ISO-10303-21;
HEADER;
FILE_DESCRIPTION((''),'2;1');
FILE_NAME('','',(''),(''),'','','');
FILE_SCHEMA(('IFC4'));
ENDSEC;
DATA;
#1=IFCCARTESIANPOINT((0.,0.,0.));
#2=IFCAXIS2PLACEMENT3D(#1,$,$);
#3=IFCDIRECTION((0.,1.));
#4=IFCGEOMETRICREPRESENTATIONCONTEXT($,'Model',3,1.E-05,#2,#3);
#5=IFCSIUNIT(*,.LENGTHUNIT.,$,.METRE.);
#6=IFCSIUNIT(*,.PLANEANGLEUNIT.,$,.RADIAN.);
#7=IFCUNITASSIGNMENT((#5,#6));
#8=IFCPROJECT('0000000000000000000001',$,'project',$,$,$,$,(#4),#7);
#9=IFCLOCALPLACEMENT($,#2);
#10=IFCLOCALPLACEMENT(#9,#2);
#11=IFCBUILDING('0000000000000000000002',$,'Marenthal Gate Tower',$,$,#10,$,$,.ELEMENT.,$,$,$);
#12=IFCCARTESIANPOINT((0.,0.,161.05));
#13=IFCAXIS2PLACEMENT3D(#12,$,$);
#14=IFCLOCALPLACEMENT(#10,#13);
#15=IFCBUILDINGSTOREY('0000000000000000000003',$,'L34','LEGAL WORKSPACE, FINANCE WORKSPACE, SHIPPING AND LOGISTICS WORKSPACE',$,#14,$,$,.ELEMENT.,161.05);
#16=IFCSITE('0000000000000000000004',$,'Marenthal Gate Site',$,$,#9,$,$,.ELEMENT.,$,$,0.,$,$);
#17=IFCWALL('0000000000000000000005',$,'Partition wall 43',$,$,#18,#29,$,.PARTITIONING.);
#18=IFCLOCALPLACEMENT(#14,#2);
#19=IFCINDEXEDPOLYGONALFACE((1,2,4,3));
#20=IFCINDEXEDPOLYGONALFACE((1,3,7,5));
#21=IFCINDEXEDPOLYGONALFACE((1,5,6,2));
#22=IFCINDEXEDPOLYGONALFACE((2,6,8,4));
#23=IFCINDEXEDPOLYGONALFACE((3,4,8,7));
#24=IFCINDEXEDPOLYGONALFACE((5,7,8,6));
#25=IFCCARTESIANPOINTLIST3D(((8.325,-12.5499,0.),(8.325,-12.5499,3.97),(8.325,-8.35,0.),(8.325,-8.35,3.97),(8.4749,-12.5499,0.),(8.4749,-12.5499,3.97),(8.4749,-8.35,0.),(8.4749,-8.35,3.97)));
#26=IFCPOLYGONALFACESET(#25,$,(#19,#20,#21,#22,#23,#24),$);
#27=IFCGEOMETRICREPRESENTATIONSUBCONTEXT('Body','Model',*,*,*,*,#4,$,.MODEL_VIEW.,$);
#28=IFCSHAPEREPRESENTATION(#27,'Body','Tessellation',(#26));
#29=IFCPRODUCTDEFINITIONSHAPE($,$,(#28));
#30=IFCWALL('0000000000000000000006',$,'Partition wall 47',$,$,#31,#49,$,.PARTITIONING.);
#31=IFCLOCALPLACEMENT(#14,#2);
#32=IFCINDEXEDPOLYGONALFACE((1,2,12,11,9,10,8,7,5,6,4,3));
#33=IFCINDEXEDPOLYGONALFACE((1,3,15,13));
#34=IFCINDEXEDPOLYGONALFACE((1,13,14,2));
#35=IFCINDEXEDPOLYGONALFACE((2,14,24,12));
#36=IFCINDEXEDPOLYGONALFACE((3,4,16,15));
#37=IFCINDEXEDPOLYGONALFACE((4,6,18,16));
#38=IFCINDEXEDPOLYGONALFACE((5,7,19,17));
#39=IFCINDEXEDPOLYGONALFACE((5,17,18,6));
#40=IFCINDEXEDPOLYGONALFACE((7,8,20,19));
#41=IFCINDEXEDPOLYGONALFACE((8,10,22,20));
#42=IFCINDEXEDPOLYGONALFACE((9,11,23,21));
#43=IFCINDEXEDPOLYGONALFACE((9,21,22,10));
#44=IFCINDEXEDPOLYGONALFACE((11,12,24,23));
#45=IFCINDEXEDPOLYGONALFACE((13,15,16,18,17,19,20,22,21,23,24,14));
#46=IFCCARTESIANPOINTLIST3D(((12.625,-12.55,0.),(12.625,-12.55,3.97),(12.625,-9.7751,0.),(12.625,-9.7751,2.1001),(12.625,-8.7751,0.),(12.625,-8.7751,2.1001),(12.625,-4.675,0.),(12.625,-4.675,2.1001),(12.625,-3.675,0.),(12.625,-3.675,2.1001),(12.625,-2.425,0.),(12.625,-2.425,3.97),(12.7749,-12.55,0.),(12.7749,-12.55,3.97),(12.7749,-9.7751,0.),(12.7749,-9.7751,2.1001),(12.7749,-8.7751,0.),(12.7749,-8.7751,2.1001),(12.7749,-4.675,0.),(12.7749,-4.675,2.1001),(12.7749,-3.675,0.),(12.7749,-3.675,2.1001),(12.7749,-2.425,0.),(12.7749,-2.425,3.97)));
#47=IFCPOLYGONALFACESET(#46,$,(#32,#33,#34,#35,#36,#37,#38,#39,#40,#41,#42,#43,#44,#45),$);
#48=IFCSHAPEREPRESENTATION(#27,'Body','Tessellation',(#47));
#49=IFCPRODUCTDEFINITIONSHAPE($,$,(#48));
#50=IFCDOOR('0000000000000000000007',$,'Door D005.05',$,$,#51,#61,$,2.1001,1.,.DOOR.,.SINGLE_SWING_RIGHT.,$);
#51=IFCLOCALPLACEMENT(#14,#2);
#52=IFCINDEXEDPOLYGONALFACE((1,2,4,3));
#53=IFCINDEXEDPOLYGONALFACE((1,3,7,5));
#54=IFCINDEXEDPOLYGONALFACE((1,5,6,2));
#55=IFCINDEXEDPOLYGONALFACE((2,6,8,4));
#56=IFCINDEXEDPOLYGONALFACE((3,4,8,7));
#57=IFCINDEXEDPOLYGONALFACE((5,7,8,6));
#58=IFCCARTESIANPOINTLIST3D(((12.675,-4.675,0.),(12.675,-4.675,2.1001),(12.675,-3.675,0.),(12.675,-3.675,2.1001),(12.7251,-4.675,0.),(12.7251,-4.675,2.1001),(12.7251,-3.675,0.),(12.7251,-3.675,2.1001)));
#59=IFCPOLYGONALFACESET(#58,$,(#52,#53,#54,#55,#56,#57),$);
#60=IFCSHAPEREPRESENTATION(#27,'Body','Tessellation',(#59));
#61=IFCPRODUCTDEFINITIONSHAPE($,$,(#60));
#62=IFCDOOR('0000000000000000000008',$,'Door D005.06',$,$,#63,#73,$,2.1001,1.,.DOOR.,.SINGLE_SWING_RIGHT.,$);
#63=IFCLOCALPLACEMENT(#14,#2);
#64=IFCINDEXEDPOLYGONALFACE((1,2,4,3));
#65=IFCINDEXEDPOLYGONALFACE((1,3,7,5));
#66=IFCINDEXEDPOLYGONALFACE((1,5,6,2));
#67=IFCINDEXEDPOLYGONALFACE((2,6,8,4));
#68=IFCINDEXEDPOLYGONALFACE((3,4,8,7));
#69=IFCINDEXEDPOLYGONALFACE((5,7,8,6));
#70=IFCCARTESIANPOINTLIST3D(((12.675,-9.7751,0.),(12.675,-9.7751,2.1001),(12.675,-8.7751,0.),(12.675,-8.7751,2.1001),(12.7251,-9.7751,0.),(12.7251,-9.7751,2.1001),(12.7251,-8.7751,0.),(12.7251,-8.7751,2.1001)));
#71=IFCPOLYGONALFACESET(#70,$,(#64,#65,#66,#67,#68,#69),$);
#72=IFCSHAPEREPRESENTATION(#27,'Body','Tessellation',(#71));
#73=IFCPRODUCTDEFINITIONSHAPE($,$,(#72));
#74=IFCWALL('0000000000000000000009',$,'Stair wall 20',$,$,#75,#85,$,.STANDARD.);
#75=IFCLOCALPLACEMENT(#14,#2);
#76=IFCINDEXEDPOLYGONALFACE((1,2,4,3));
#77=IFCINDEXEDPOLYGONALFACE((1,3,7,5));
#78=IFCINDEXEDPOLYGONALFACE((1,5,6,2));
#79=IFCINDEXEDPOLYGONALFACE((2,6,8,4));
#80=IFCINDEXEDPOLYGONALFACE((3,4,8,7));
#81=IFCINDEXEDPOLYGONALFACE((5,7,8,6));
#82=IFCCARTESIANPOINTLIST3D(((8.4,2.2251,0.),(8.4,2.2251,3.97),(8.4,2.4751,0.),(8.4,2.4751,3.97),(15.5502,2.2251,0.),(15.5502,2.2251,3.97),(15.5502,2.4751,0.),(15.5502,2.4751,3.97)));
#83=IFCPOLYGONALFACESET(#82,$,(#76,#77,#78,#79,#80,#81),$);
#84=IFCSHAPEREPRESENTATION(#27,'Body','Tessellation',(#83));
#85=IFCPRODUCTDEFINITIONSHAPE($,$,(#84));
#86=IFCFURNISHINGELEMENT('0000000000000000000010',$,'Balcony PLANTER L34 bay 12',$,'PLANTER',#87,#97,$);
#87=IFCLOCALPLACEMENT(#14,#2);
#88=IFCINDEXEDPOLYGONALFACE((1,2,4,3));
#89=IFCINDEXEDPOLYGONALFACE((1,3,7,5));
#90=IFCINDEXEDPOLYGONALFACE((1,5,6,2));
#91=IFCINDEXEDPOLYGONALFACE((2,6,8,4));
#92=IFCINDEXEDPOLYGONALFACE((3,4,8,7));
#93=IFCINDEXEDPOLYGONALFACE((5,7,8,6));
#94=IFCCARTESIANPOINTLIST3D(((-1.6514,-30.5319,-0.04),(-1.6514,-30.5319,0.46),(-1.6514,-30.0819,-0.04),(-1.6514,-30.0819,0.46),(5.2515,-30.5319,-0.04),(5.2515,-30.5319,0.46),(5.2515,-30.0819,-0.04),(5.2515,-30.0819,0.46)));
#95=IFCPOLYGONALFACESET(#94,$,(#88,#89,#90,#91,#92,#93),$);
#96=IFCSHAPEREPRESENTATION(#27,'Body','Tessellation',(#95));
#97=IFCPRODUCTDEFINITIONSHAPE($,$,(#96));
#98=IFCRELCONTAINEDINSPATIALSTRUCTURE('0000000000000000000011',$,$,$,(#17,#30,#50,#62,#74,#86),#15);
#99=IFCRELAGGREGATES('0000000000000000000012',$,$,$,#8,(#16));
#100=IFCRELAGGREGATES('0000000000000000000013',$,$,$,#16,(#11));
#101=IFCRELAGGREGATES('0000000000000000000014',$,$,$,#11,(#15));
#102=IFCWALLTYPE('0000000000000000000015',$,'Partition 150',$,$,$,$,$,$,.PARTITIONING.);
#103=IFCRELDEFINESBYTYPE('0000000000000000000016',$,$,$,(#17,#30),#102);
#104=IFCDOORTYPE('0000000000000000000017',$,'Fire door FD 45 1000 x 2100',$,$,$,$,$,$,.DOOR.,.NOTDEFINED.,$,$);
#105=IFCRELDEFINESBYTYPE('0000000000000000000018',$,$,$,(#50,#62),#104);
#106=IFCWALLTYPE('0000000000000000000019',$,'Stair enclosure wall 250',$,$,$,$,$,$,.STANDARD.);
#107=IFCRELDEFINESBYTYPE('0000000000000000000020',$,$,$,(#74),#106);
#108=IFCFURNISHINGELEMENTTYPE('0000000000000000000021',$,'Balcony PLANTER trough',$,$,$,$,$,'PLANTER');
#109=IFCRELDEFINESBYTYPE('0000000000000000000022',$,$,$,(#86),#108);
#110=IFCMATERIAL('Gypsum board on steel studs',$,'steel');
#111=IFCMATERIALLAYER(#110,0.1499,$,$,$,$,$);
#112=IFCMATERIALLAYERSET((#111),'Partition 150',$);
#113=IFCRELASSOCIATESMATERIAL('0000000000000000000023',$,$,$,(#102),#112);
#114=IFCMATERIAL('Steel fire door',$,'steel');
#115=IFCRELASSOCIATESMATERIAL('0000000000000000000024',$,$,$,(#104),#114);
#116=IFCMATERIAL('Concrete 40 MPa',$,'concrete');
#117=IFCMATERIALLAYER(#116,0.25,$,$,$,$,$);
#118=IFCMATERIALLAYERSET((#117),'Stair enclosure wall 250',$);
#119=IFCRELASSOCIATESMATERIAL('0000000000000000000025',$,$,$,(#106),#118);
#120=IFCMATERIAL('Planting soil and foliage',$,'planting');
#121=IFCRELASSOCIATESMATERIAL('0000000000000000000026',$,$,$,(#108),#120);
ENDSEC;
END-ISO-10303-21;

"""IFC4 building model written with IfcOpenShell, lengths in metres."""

from ifc_helpers import new_model, si_unit, direction, frame, frame_2d, origin, origin_2d, place, context, subcontext, project, spatial, rectangle, extrude, material, layer, layer_set, type_object, element, fill, save


model = new_model("IFC4")

# Units and contexts
model_context = context("Model", 3, precision=1e-05, world=origin(), true_north=direction((0.0, 1.0)))
body_context = subcontext(model_context, "Body", "Model", "MODEL_VIEW")
ifc_project = project(units=[si_unit("LENGTHUNIT", "METRE"), si_unit("PLANEANGLEUNIT", "RADIAN")], contexts=[model_context])

# Site, building, storey
site_placement = place(None, origin())
site = spatial("IfcSite", under=ifc_project, at=site_placement, Name="Marenthal Gate Site", CompositionType="ELEMENT", RefElevation=0.0)
building_placement = place(site_placement, origin())
building = spatial("IfcBuilding", under=site, at=building_placement, Name="Marenthal Gate Tower", CompositionType="ELEMENT")
storey_placement = place(building_placement, frame((0.0, 0.0, 161.05)))
storey = spatial("IfcBuildingStorey", under=building, at=storey_placement, Name="L34", Description="LEGAL WORKSPACE, FINANCE WORKSPACE, SHIPPING AND LOGISTICS WORKSPACE", CompositionType="ELEMENT", Elevation=161.05)

# Shared definitions
ifc_material_1 = material(Name="Gypsum board on steel studs", Category="steel")
ifc_layer_1 = layer(ifc_material_1, 0.1499)
ifc_layer_set_1 = layer_set([ifc_layer_1], Name="Partition 150")
wall_type_1 = type_object("IfcWallType", Name="Partition 150", PredefinedType="PARTITIONING", material=ifc_layer_set_1)

# Wall
wall_1_placement = place(storey_placement, frame((8.3999, -12.55, 0.0), z_axis=(0.0, 0.0, 1.0), x_axis=(0.0, 1.0, 0.0)))
element("IfcWall", 1, at=wall_1_placement, inside=storey, type_object=wall_type_1, Name="Partition wall 43", PredefinedType="PARTITIONING", context=body_context, shape_type="SweptSolid", body=[
    extrude(rectangle(XDim=4.2, YDim=0.1499, at=frame_2d((2.1001, 0.0))), origin(), (0.0, 0.0, 1.0), 3.97),
])

# Wall, openings, doors
wall_2_placement = place(storey_placement, frame((12.7, -12.55, 0.0), z_axis=(0.0, 0.0, 1.0), x_axis=(0.0, 1.0, 0.0)))
wall_2 = element("IfcWall", 2, at=wall_2_placement, inside=storey, type_object=wall_type_1, Name="Partition wall 47", PredefinedType="PARTITIONING", context=body_context, shape_type="SweptSolid", body=[
    extrude(rectangle(XDim=10.125, YDim=0.1499, at=frame_2d((5.0625, 0.0))), origin(), (0.0, 0.0, 1.0), 3.97),
])
opening_1_placement = place(wall_2_placement, frame((7.875, 0.0, 0.0)))
opening_1 = element("IfcOpeningElement", 3, at=opening_1_placement, cuts=wall_2, PredefinedType="OPENING", context=body_context, shape_type="SweptSolid", body=[
    extrude(rectangle(XDim=1.0, YDim=2.1001, at=frame_2d((0.5, 1.05))), frame((0.0, 0.085, 0.0), z_axis=(0.0, -1.0, 0.0), x_axis=(1.0, 0.0, 0.0)), (0.0, 0.0, 1.0), 0.1699),
])
opening_2_placement = place(wall_2_placement, frame((2.7749, 0.0, 0.0)))
opening_2 = element("IfcOpeningElement", 4, at=opening_2_placement, cuts=wall_2, PredefinedType="OPENING", context=body_context, shape_type="SweptSolid", body=[
    extrude(rectangle(XDim=1.0, YDim=2.1001, at=frame_2d((0.5, 1.05))), frame((0.0, 0.085, 0.0), z_axis=(0.0, -1.0, 0.0), x_axis=(1.0, 0.0, 0.0)), (0.0, 0.0, 1.0), 0.1699),
])
ifc_material_2 = material(Name="Steel fire door", Category="steel")
door_type_1 = type_object("IfcDoorType", Name="Fire door FD 45 1000 x 2100", OperationType="NOTDEFINED", PredefinedType="DOOR", material=ifc_material_2)
door_1_placement = place(opening_1_placement, origin())
door_1 = element("IfcDoor", 5, at=door_1_placement, inside=storey, type_object=door_type_1, Name="Door D005.05", OperationType="SINGLE_SWING_RIGHT", OverallHeight=2.1001, OverallWidth=1.0, PredefinedType="DOOR", context=body_context, shape_type="SweptSolid", body=[
    extrude(rectangle(XDim=1.0, YDim=2.1001, at=frame_2d((0.5, 1.05))), frame((0.0, 0.0249, 0.0), z_axis=(0.0, -1.0, 0.0), x_axis=(1.0, 0.0, 0.0)), (0.0, 0.0, 1.0), 0.05),
])
fill(opening_1, door_1)
door_2_placement = place(opening_2_placement, origin())
door_2 = element("IfcDoor", 6, at=door_2_placement, inside=storey, type_object=door_type_1, Name="Door D005.06", OperationType="SINGLE_SWING_RIGHT", OverallHeight=2.1001, OverallWidth=1.0, PredefinedType="DOOR", context=body_context, shape_type="SweptSolid", body=[
    extrude(rectangle(XDim=1.0, YDim=2.1001, at=frame_2d((0.5, 1.05))), frame((0.0, 0.0249, 0.0), z_axis=(0.0, -1.0, 0.0), x_axis=(1.0, 0.0, 0.0)), (0.0, 0.0, 1.0), 0.05),
])
fill(opening_2, door_2)

# Wall
ifc_material_3 = material(Name="Concrete 40 MPa", Category="concrete")
ifc_layer_2 = layer(ifc_material_3, 0.25)
ifc_layer_set_2 = layer_set([ifc_layer_2], Name="Stair enclosure wall 250")
wall_type_2 = type_object("IfcWallType", Name="Stair enclosure wall 250", PredefinedType="STANDARD", material=ifc_layer_set_2)
wall_3_placement = place(storey_placement, frame((8.3999, 2.3501, 0.0), z_axis=(0.0, 0.0, 1.0), x_axis=(1.0, 0.0, 0.0)))
element("IfcWall", 7, at=wall_3_placement, inside=storey, type_object=wall_type_2, Name="Stair wall 20", PredefinedType="STANDARD", context=body_context, shape_type="SweptSolid", body=[
    extrude(rectangle(XDim=7.1501, YDim=0.25, at=frame_2d((3.5752, 0.0))), origin(), (0.0, 0.0, 1.0), 3.97),
])

# Furnishing element
ifc_material_4 = material(Name="Planting soil and foliage", Category="planting")
furnishing_element_type = type_object("IfcFurnishingElementType", Name="Balcony PLANTER trough", ElementType="PLANTER", material=ifc_material_4)
furnishing_placement = place(storey_placement, frame((1.8, -30.3069, -0.04), z_axis=(0.0, 0.0, 1.0), x_axis=(1.0, 0.0, 0.0)))
element("IfcFurnishingElement", 8, at=furnishing_placement, inside=storey, type_object=furnishing_element_type, Name="Balcony PLANTER L34 bay 12", ObjectType="PLANTER", context=body_context, shape_type="SweptSolid", body=[
    extrude(rectangle(XDim=6.9028, YDim=0.45, at=origin_2d()), origin(), (0.0, 0.0, 1.0), 0.5),
])

save(model, "model.ifc")
